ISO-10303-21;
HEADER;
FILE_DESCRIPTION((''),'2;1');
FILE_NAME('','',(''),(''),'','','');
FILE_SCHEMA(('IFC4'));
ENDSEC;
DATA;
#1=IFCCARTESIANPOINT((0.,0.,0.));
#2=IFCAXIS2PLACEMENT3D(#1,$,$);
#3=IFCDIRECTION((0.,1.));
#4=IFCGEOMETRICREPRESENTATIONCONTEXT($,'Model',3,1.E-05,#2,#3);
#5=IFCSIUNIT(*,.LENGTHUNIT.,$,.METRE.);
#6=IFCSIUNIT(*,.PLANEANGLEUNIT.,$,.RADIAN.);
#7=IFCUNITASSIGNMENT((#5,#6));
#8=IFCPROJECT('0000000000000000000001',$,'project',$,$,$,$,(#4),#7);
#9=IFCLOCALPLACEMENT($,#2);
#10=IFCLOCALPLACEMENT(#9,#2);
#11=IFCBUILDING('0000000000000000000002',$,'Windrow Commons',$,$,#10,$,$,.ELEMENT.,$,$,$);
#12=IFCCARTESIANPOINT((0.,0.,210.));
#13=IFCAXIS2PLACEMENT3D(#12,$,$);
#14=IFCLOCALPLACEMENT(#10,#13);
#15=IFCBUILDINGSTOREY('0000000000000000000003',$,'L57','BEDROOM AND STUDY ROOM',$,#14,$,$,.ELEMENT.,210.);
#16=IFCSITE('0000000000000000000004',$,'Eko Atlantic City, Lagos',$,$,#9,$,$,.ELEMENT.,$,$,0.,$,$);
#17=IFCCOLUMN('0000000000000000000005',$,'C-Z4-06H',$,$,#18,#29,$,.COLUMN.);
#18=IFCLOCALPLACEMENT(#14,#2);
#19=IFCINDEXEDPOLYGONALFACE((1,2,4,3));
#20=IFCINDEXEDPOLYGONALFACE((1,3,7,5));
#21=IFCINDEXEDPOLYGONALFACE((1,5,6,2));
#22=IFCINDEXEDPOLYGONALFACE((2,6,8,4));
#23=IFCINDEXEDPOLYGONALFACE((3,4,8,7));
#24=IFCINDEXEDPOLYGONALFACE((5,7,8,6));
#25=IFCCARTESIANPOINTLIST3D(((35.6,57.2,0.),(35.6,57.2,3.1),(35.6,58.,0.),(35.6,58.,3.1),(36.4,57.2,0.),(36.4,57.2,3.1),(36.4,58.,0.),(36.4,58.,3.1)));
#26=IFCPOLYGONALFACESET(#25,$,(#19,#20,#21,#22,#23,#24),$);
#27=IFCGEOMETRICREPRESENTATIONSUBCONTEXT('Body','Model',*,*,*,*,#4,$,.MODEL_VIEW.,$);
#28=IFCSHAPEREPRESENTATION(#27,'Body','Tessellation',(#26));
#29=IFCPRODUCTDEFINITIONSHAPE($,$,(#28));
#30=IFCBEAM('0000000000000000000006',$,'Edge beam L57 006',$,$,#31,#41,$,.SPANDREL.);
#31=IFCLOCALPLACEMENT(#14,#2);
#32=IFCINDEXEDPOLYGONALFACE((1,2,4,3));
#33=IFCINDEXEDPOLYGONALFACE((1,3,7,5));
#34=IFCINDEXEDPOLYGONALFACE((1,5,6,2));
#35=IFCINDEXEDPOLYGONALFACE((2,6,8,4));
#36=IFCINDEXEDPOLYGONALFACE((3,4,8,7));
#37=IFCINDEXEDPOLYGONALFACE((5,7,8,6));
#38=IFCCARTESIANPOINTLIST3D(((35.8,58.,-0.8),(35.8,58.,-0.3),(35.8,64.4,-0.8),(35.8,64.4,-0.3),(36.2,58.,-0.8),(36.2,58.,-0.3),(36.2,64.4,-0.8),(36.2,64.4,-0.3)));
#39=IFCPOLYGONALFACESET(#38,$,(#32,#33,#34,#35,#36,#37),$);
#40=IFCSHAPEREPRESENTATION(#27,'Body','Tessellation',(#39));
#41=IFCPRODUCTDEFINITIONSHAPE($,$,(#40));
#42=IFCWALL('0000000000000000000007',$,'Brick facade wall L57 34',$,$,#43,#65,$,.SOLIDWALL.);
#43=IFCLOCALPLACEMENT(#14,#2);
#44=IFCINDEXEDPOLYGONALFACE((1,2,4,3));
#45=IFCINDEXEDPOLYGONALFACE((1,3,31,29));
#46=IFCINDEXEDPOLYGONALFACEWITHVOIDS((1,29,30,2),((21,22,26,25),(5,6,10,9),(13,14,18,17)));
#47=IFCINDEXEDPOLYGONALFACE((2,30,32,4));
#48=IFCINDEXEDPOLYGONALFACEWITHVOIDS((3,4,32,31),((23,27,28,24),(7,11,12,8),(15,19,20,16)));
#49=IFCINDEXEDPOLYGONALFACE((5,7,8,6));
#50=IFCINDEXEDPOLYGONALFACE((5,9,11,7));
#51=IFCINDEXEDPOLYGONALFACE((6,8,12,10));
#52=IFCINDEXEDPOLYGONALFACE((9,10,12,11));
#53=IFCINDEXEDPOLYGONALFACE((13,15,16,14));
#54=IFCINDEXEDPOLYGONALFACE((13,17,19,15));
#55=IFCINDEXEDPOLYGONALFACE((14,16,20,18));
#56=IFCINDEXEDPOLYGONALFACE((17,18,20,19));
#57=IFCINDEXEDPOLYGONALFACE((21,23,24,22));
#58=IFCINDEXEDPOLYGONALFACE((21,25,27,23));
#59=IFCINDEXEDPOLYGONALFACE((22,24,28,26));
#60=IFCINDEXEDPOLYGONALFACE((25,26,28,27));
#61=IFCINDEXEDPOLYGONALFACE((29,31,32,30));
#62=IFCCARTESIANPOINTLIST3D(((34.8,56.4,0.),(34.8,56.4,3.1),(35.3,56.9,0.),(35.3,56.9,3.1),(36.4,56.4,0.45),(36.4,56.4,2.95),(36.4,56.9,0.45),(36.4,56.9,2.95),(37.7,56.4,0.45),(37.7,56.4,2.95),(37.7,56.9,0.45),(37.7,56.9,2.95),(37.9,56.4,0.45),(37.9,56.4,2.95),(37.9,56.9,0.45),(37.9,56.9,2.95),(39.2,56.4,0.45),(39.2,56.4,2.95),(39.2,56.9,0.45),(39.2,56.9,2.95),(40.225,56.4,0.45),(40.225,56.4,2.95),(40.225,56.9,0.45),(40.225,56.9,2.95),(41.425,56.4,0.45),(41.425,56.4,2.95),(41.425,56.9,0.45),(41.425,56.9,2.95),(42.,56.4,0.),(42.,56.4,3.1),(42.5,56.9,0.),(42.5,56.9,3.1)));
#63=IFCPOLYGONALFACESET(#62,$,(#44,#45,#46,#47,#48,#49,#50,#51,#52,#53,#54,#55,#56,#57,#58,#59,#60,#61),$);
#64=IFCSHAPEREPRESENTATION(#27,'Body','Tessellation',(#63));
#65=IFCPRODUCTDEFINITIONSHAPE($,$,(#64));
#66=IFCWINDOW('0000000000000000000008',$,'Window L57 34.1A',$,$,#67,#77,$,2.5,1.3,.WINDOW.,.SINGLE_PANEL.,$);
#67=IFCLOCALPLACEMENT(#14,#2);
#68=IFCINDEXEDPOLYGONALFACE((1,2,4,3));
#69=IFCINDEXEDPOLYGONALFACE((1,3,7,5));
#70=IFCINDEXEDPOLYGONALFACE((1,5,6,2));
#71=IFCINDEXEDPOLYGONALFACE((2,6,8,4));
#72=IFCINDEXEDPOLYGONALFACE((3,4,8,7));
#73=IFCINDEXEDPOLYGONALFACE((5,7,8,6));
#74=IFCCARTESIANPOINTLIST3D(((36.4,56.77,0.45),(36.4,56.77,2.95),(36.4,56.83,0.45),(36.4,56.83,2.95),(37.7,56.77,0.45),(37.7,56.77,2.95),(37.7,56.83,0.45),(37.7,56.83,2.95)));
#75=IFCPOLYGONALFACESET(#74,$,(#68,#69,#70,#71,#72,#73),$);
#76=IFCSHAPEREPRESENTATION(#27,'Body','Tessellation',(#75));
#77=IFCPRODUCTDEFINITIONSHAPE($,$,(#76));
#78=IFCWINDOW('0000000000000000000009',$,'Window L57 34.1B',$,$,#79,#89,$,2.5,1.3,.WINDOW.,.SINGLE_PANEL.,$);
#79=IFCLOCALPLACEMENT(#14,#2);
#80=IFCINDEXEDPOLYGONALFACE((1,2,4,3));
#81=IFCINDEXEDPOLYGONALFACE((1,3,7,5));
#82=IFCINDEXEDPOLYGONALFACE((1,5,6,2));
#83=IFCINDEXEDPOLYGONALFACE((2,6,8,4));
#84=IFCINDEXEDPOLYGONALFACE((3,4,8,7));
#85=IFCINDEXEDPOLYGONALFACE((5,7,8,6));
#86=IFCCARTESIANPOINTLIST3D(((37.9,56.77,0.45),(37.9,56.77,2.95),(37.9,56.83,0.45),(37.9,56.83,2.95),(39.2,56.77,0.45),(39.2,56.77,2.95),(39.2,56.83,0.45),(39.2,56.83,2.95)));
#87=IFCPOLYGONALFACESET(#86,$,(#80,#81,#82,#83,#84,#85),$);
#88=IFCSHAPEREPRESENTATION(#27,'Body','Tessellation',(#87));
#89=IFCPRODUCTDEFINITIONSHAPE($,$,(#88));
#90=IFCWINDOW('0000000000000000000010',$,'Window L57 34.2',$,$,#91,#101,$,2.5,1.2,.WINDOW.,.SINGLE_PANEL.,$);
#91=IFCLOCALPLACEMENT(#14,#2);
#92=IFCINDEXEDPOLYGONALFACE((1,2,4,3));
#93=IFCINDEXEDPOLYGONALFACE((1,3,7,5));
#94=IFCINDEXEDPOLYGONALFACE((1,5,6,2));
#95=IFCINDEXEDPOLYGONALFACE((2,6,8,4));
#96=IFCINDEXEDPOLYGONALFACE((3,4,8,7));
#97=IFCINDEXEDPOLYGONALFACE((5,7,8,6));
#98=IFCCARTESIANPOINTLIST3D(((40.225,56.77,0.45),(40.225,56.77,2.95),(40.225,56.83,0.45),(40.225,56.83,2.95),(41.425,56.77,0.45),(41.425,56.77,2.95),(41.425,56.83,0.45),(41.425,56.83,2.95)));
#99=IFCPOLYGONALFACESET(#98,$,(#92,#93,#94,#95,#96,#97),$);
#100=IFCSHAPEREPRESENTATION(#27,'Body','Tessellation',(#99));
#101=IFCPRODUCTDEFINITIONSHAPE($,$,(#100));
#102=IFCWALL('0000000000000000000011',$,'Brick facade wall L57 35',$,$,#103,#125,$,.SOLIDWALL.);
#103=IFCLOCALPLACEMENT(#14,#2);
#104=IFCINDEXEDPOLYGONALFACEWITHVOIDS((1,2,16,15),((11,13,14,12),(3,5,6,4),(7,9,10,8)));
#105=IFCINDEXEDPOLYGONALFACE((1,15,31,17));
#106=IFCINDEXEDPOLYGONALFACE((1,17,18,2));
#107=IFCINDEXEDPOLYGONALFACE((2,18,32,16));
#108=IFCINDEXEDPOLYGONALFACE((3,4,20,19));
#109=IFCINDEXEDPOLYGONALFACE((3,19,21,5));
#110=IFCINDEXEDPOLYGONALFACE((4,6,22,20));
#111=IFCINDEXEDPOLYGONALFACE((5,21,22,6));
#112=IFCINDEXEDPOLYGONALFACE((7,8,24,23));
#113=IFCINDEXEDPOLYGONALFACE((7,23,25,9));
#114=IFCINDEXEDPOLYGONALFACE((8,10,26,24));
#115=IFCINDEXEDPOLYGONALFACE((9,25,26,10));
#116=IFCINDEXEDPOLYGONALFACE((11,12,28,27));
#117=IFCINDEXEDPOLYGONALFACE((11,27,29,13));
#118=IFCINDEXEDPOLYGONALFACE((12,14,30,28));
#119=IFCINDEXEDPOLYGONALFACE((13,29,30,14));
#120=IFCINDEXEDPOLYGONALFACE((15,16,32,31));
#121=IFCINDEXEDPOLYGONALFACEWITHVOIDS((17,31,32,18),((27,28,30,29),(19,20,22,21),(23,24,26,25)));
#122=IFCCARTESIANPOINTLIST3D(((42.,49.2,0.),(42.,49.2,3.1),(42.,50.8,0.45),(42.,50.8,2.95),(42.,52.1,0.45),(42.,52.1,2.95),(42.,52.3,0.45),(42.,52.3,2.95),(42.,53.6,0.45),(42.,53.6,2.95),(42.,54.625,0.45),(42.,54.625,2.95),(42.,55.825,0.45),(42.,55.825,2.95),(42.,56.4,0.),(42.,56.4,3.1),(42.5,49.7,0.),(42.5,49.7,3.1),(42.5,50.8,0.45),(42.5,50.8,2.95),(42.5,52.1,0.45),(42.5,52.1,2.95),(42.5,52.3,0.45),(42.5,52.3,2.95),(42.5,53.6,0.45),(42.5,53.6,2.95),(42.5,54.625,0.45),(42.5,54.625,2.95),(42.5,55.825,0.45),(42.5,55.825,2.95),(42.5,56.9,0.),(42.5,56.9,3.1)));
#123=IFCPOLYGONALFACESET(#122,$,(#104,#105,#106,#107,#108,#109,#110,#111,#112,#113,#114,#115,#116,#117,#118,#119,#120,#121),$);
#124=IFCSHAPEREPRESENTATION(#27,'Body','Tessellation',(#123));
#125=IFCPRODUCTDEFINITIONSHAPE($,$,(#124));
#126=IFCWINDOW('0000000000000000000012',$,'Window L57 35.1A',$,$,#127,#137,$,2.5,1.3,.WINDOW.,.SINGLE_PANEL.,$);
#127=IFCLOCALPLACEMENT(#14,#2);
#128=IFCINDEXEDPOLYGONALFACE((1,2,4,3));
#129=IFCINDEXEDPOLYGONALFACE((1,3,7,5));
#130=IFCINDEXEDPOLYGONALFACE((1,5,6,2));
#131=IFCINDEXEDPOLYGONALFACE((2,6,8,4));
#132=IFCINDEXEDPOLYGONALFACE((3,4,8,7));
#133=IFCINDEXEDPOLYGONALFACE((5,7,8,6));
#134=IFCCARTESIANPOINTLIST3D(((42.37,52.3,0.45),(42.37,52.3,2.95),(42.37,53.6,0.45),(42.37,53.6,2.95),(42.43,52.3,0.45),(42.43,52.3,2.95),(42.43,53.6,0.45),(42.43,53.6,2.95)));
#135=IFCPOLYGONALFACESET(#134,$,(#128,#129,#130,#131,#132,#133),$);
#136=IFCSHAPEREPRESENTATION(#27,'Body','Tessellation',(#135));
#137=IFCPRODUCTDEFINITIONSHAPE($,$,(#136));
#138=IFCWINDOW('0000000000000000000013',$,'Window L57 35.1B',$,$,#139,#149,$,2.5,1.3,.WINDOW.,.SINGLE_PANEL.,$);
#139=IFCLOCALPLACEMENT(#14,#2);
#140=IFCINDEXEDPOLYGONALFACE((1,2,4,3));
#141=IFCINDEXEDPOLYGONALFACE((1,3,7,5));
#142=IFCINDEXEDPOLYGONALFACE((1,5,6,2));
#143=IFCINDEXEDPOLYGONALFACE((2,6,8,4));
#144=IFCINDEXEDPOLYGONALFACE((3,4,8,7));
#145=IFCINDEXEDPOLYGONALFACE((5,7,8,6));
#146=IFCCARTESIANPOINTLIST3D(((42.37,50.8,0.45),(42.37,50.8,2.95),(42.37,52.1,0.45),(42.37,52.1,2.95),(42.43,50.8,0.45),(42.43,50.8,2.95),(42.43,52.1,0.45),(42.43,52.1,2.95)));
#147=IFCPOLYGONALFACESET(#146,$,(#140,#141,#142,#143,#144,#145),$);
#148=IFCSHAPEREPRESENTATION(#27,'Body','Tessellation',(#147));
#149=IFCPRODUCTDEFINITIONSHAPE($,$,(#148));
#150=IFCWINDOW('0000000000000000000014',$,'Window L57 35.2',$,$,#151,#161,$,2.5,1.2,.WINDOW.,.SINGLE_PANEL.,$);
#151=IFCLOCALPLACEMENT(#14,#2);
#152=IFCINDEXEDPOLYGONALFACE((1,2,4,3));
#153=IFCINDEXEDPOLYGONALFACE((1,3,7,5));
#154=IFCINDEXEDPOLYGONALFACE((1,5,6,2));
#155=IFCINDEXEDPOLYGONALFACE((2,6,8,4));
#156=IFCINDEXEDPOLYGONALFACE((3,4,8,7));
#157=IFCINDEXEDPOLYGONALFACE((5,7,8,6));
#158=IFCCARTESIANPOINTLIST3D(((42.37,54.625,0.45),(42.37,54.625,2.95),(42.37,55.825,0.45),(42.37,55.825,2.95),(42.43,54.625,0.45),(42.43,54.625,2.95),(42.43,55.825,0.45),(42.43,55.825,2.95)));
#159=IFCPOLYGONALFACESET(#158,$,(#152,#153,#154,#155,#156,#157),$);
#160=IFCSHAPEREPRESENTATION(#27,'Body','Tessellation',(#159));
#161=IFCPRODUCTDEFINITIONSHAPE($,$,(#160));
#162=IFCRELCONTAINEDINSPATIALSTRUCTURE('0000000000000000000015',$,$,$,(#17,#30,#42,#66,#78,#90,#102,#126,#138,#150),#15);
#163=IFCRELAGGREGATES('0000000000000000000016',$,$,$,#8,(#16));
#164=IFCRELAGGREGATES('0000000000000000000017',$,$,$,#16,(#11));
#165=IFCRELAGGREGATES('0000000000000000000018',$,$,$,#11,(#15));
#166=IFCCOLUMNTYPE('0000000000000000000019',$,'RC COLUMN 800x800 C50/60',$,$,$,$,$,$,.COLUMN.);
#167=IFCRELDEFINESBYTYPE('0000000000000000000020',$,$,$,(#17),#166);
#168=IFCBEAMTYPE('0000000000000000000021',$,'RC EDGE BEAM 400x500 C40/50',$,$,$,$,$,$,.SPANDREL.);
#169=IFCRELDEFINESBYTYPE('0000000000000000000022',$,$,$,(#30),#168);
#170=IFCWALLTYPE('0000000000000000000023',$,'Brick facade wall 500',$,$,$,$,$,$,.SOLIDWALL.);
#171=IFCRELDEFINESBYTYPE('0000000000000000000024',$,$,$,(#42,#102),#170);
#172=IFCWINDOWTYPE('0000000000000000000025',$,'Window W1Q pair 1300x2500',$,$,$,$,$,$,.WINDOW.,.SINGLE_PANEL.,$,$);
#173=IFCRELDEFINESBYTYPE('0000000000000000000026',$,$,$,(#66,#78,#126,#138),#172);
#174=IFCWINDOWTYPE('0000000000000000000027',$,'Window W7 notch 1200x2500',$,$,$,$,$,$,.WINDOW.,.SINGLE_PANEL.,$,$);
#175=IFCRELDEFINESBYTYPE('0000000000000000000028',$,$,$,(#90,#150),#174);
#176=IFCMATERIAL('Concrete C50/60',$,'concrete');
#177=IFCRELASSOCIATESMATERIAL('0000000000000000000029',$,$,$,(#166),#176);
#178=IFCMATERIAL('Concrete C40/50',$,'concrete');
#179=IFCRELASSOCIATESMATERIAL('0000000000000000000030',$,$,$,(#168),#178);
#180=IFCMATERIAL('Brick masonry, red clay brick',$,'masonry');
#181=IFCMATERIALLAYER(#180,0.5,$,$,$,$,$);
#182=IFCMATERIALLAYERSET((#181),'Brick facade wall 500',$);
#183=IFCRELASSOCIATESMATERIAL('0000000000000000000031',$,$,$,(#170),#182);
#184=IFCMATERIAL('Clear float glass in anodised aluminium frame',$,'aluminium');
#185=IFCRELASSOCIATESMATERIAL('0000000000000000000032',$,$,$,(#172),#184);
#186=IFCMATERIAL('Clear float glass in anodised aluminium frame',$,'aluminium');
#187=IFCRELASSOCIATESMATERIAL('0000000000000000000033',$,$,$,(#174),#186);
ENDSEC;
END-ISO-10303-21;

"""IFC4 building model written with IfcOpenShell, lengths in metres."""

from ifc_helpers import new_model, si_unit, direction, frame, frame_2d, origin, origin_2d, place, context, subcontext, project, spatial, polyline, rectangle, outline, extrude, material, layer, layer_set, material_profile, profile_set, type_object, element, fill, save


model = new_model("IFC4")

# Units and contexts
model_context = context("Model", 3, precision=1e-05, world=origin(), true_north=direction((0.0, 1.0)))
body_context = subcontext(model_context, "Body", "Model", "MODEL_VIEW")
ifc_project = project(units=[si_unit("LENGTHUNIT", "METRE"), si_unit("PLANEANGLEUNIT", "RADIAN")], contexts=[model_context])

# Site, building, storey
site_placement = place(None, origin())
site = spatial("IfcSite", under=ifc_project, at=site_placement, Name="Eko Atlantic City, Lagos", CompositionType="ELEMENT", RefElevation=0.0)
building_placement = place(site_placement, origin())
building = spatial("IfcBuilding", under=site, at=building_placement, Name="Windrow Commons", CompositionType="ELEMENT")
storey_placement = place(building_placement, frame((0.0, 0.0, 210.0)))
storey = spatial("IfcBuildingStorey", under=building, at=storey_placement, Name="L57", Description="BEDROOM AND STUDY ROOM", CompositionType="ELEMENT", Elevation=210.0)

# Column
ifc_material_1 = material(Name="Concrete C50/60", Category="concrete")
ifc_material_profile_1 = material_profile(ifc_material_1, rectangle(XDim=0.8, YDim=0.8, at=origin_2d()))
ifc_profile_set_1 = profile_set([ifc_material_profile_1], Name="Concrete C50/60")
column_type = type_object("IfcColumnType", Name="RC COLUMN 800x800 C50/60", PredefinedType="COLUMN", material=ifc_profile_set_1)
column_placement = place(storey_placement, frame((36.0, 57.6, 0.0), z_axis=(0.0, 0.0, 1.0), x_axis=(1.0, 0.0, 0.0)))
element("IfcColumn", 1, at=column_placement, inside=storey, type_object=column_type, Name="C-Z4-06H", PredefinedType="COLUMN", context=body_context, shape_type="SweptSolid", body=[
    extrude(rectangle(XDim=0.8, YDim=0.8, at=origin_2d()), origin(), (0.0, 0.0, 1.0), 3.1),
])

# Beam
ifc_material_2 = material(Name="Concrete C40/50", Category="concrete")
ifc_material_profile_2 = material_profile(ifc_material_2, rectangle(XDim=0.4, YDim=0.5, at=origin_2d()))
ifc_profile_set_2 = profile_set([ifc_material_profile_2], Name="Concrete C40/50")
beam_type = type_object("IfcBeamType", Name="RC EDGE BEAM 400x500 C40/50", PredefinedType="SPANDREL", material=ifc_profile_set_2)
beam_placement = place(storey_placement, frame((36.0, 58.0, -0.55), z_axis=(0.0, 1.0, 0.0), x_axis=(-1.0, 0.0, 0.0)))
element("IfcBeam", 2, at=beam_placement, inside=storey, type_object=beam_type, Name="Edge beam L57 006", PredefinedType="SPANDREL", context=body_context, shape_type="SweptSolid", body=[
    extrude(rectangle(XDim=0.4, YDim=0.5, at=origin_2d()), origin(), (0.0, 0.0, 1.0), 6.4),
])

# Walls, openings, windows
ifc_material_3 = material(Name="Brick masonry, red clay brick", Category="masonry")
ifc_layer_1 = layer(ifc_material_3, 0.5)
ifc_layer_set_1 = layer_set([ifc_layer_1], Name="Brick facade wall 500")
wall_type_1 = type_object("IfcWallType", Name="Brick facade wall 500", PredefinedType="SOLIDWALL", material=ifc_layer_set_1)
wall_1_placement = place(storey_placement, frame((35.05, 56.65, 0.0), z_axis=(0.0, 0.0, 1.0), x_axis=(1.0, 0.0, 0.0)))
wall_1 = element("IfcWall", 3, at=wall_1_placement, inside=storey, type_object=wall_type_1, Name="Brick facade wall L57 34", PredefinedType="SOLIDWALL", context=body_context, shape_type="SweptSolid", body=[
    extrude(outline(polyline([(-0.25, -0.25), (6.95, -0.25), (7.45, 0.25), (0.25, 0.25), (-0.25, -0.25)])), origin(), (0.0, 0.0, 1.0), 3.1),
])
opening_1_placement = place(wall_1_placement, frame((1.35, 0.0, 0.45)))
opening_1 = element("IfcOpeningElement", 4, at=opening_1_placement, cuts=wall_1, PredefinedType="OPENING", context=body_context, shape_type="SweptSolid", body=[
    extrude(rectangle(XDim=1.3, YDim=2.5, at=frame_2d((0.65, 1.25))), frame((0.0, 0.26, 0.0), z_axis=(0.0, -1.0, 0.0), x_axis=(1.0, 0.0, 0.0)), (0.0, 0.0, 1.0), 0.52),
])
opening_2_placement = place(wall_1_placement, frame((2.85, 0.0, 0.45)))
opening_2 = element("IfcOpeningElement", 5, at=opening_2_placement, cuts=wall_1, PredefinedType="OPENING", context=body_context, shape_type="SweptSolid", body=[
    extrude(rectangle(XDim=1.3, YDim=2.5, at=frame_2d((0.65, 1.25))), frame((0.0, 0.26, 0.0), z_axis=(0.0, -1.0, 0.0), x_axis=(1.0, 0.0, 0.0)), (0.0, 0.0, 1.0), 0.52),
])
opening_3_placement = place(wall_1_placement, frame((5.175, 0.0, 0.45)))
opening_3 = element("IfcOpeningElement", 6, at=opening_3_placement, cuts=wall_1, PredefinedType="OPENING", context=body_context, shape_type="SweptSolid", body=[
    extrude(rectangle(XDim=1.2, YDim=2.5, at=frame_2d((0.6, 1.25))), frame((0.0, 0.26, 0.0), z_axis=(0.0, -1.0, 0.0), x_axis=(1.0, 0.0, 0.0)), (0.0, 0.0, 1.0), 0.52),
])
ifc_material_4 = material(Name="Clear float glass in anodised aluminium frame", Category="aluminium")
window_type_1 = type_object("IfcWindowType", Name="Window W1Q pair 1300x2500", PartitioningType="SINGLE_PANEL", PredefinedType="WINDOW", material=ifc_material_4)
window_1_placement = place(opening_1_placement, origin())
window_1 = element("IfcWindow", 7, at=window_1_placement, inside=storey, type_object=window_type_1, Name="Window L57 34.1A", OverallHeight=2.5, OverallWidth=1.3, PartitioningType="SINGLE_PANEL", PredefinedType="WINDOW", context=body_context, shape_type="SweptSolid", body=[
    extrude(rectangle(XDim=1.3, YDim=2.5, at=frame_2d((0.65, 1.25))), frame((0.0, 0.18, 0.0), z_axis=(0.0, -1.0, 0.0), x_axis=(1.0, 0.0, 0.0)), (0.0, 0.0, 1.0), 0.06),
])
fill(opening_1, window_1)
window_2_placement = place(opening_2_placement, origin())
window_2 = element("IfcWindow", 8, at=window_2_placement, inside=storey, type_object=window_type_1, Name="Window L57 34.1B", OverallHeight=2.5, OverallWidth=1.3, PartitioningType="SINGLE_PANEL", PredefinedType="WINDOW", context=body_context, shape_type="SweptSolid", body=[
    extrude(rectangle(XDim=1.3, YDim=2.5, at=frame_2d((0.65, 1.25))), frame((0.0, 0.18, 0.0), z_axis=(0.0, -1.0, 0.0), x_axis=(1.0, 0.0, 0.0)), (0.0, 0.0, 1.0), 0.06),
])
fill(opening_2, window_2)
ifc_material_5 = material(Name="Clear float glass in anodised aluminium frame", Category="aluminium")
window_type_2 = type_object("IfcWindowType", Name="Window W7 notch 1200x2500", PartitioningType="SINGLE_PANEL", PredefinedType="WINDOW", material=ifc_material_5)
window_3_placement = place(opening_3_placement, origin())
window_3 = element("IfcWindow", 9, at=window_3_placement, inside=storey, type_object=window_type_2, Name="Window L57 34.2", OverallHeight=2.5, OverallWidth=1.2, PartitioningType="SINGLE_PANEL", PredefinedType="WINDOW", context=body_context, shape_type="SweptSolid", body=[
    extrude(rectangle(XDim=1.2, YDim=2.5, at=frame_2d((0.6, 1.25))), frame((0.0, 0.18, 0.0), z_axis=(0.0, -1.0, 0.0), x_axis=(1.0, 0.0, 0.0)), (0.0, 0.0, 1.0), 0.06),
])
fill(opening_3, window_3)
wall_2_placement = place(storey_placement, frame((42.25, 56.65, 0.0), z_axis=(0.0, 0.0, 1.0), x_axis=(0.0, -1.0, 0.0)))
wall_2 = element("IfcWall", 10, at=wall_2_placement, inside=storey, type_object=wall_type_1, Name="Brick facade wall L57 35", PredefinedType="SOLIDWALL", context=body_context, shape_type="SweptSolid", body=[
    extrude(outline(polyline([(0.25, -0.25), (7.45, -0.25), (6.95, 0.25), (-0.25, 0.25), (0.25, -0.25)])), origin(), (0.0, 0.0, 1.0), 3.1),
])
opening_4_placement = place(wall_2_placement, frame((3.05, 0.0, 0.45)))
opening_4 = element("IfcOpeningElement", 11, at=opening_4_placement, cuts=wall_2, PredefinedType="OPENING", context=body_context, shape_type="SweptSolid", body=[
    extrude(rectangle(XDim=1.3, YDim=2.5, at=frame_2d((0.65, 1.25))), frame((0.0, 0.26, 0.0), z_axis=(0.0, -1.0, 0.0), x_axis=(1.0, 0.0, 0.0)), (0.0, 0.0, 1.0), 0.52),
])
opening_5_placement = place(wall_2_placement, frame((4.55, 0.0, 0.45)))
opening_5 = element("IfcOpeningElement", 12, at=opening_5_placement, cuts=wall_2, PredefinedType="OPENING", context=body_context, shape_type="SweptSolid", body=[
    extrude(rectangle(XDim=1.3, YDim=2.5, at=frame_2d((0.65, 1.25))), frame((0.0, 0.26, 0.0), z_axis=(0.0, -1.0, 0.0), x_axis=(1.0, 0.0, 0.0)), (0.0, 0.0, 1.0), 0.52),
])
opening_6_placement = place(wall_2_placement, frame((0.825, 0.0, 0.45)))
opening_6 = element("IfcOpeningElement", 13, at=opening_6_placement, cuts=wall_2, PredefinedType="OPENING", context=body_context, shape_type="SweptSolid", body=[
    extrude(rectangle(XDim=1.2, YDim=2.5, at=frame_2d((0.6, 1.25))), frame((0.0, 0.26, 0.0), z_axis=(0.0, -1.0, 0.0), x_axis=(1.0, 0.0, 0.0)), (0.0, 0.0, 1.0), 0.52),
])
window_4_placement = place(opening_4_placement, origin())
window_4 = element("IfcWindow", 14, at=window_4_placement, inside=storey, type_object=window_type_1, Name="Window L57 35.1A", OverallHeight=2.5, OverallWidth=1.3, PartitioningType="SINGLE_PANEL", PredefinedType="WINDOW", context=body_context, shape_type="SweptSolid", body=[
    extrude(rectangle(XDim=1.3, YDim=2.5, at=frame_2d((0.65, 1.25))), frame((0.0, 0.18, 0.0), z_axis=(0.0, -1.0, 0.0), x_axis=(1.0, 0.0, 0.0)), (0.0, 0.0, 1.0), 0.06),
])
fill(opening_4, window_4)
window_5_placement = place(opening_5_placement, origin())
window_5 = element("IfcWindow", 15, at=window_5_placement, inside=storey, type_object=window_type_1, Name="Window L57 35.1B", OverallHeight=2.5, OverallWidth=1.3, PartitioningType="SINGLE_PANEL", PredefinedType="WINDOW", context=body_context, shape_type="SweptSolid", body=[
    extrude(rectangle(XDim=1.3, YDim=2.5, at=frame_2d((0.65, 1.25))), frame((0.0, 0.18, 0.0), z_axis=(0.0, -1.0, 0.0), x_axis=(1.0, 0.0, 0.0)), (0.0, 0.0, 1.0), 0.06),
])
fill(opening_5, window_5)
window_6_placement = place(opening_6_placement, origin())
window_6 = element("IfcWindow", 16, at=window_6_placement, inside=storey, type_object=window_type_2, Name="Window L57 35.2", OverallHeight=2.5, OverallWidth=1.2, PartitioningType="SINGLE_PANEL", PredefinedType="WINDOW", context=body_context, shape_type="SweptSolid", body=[
    extrude(rectangle(XDim=1.2, YDim=2.5, at=frame_2d((0.6, 1.25))), frame((0.0, 0.18, 0.0), z_axis=(0.0, -1.0, 0.0), x_axis=(1.0, 0.0, 0.0)), (0.0, 0.0, 1.0), 0.06),
])
fill(opening_6, window_6)

save(model, "model.ifc")
